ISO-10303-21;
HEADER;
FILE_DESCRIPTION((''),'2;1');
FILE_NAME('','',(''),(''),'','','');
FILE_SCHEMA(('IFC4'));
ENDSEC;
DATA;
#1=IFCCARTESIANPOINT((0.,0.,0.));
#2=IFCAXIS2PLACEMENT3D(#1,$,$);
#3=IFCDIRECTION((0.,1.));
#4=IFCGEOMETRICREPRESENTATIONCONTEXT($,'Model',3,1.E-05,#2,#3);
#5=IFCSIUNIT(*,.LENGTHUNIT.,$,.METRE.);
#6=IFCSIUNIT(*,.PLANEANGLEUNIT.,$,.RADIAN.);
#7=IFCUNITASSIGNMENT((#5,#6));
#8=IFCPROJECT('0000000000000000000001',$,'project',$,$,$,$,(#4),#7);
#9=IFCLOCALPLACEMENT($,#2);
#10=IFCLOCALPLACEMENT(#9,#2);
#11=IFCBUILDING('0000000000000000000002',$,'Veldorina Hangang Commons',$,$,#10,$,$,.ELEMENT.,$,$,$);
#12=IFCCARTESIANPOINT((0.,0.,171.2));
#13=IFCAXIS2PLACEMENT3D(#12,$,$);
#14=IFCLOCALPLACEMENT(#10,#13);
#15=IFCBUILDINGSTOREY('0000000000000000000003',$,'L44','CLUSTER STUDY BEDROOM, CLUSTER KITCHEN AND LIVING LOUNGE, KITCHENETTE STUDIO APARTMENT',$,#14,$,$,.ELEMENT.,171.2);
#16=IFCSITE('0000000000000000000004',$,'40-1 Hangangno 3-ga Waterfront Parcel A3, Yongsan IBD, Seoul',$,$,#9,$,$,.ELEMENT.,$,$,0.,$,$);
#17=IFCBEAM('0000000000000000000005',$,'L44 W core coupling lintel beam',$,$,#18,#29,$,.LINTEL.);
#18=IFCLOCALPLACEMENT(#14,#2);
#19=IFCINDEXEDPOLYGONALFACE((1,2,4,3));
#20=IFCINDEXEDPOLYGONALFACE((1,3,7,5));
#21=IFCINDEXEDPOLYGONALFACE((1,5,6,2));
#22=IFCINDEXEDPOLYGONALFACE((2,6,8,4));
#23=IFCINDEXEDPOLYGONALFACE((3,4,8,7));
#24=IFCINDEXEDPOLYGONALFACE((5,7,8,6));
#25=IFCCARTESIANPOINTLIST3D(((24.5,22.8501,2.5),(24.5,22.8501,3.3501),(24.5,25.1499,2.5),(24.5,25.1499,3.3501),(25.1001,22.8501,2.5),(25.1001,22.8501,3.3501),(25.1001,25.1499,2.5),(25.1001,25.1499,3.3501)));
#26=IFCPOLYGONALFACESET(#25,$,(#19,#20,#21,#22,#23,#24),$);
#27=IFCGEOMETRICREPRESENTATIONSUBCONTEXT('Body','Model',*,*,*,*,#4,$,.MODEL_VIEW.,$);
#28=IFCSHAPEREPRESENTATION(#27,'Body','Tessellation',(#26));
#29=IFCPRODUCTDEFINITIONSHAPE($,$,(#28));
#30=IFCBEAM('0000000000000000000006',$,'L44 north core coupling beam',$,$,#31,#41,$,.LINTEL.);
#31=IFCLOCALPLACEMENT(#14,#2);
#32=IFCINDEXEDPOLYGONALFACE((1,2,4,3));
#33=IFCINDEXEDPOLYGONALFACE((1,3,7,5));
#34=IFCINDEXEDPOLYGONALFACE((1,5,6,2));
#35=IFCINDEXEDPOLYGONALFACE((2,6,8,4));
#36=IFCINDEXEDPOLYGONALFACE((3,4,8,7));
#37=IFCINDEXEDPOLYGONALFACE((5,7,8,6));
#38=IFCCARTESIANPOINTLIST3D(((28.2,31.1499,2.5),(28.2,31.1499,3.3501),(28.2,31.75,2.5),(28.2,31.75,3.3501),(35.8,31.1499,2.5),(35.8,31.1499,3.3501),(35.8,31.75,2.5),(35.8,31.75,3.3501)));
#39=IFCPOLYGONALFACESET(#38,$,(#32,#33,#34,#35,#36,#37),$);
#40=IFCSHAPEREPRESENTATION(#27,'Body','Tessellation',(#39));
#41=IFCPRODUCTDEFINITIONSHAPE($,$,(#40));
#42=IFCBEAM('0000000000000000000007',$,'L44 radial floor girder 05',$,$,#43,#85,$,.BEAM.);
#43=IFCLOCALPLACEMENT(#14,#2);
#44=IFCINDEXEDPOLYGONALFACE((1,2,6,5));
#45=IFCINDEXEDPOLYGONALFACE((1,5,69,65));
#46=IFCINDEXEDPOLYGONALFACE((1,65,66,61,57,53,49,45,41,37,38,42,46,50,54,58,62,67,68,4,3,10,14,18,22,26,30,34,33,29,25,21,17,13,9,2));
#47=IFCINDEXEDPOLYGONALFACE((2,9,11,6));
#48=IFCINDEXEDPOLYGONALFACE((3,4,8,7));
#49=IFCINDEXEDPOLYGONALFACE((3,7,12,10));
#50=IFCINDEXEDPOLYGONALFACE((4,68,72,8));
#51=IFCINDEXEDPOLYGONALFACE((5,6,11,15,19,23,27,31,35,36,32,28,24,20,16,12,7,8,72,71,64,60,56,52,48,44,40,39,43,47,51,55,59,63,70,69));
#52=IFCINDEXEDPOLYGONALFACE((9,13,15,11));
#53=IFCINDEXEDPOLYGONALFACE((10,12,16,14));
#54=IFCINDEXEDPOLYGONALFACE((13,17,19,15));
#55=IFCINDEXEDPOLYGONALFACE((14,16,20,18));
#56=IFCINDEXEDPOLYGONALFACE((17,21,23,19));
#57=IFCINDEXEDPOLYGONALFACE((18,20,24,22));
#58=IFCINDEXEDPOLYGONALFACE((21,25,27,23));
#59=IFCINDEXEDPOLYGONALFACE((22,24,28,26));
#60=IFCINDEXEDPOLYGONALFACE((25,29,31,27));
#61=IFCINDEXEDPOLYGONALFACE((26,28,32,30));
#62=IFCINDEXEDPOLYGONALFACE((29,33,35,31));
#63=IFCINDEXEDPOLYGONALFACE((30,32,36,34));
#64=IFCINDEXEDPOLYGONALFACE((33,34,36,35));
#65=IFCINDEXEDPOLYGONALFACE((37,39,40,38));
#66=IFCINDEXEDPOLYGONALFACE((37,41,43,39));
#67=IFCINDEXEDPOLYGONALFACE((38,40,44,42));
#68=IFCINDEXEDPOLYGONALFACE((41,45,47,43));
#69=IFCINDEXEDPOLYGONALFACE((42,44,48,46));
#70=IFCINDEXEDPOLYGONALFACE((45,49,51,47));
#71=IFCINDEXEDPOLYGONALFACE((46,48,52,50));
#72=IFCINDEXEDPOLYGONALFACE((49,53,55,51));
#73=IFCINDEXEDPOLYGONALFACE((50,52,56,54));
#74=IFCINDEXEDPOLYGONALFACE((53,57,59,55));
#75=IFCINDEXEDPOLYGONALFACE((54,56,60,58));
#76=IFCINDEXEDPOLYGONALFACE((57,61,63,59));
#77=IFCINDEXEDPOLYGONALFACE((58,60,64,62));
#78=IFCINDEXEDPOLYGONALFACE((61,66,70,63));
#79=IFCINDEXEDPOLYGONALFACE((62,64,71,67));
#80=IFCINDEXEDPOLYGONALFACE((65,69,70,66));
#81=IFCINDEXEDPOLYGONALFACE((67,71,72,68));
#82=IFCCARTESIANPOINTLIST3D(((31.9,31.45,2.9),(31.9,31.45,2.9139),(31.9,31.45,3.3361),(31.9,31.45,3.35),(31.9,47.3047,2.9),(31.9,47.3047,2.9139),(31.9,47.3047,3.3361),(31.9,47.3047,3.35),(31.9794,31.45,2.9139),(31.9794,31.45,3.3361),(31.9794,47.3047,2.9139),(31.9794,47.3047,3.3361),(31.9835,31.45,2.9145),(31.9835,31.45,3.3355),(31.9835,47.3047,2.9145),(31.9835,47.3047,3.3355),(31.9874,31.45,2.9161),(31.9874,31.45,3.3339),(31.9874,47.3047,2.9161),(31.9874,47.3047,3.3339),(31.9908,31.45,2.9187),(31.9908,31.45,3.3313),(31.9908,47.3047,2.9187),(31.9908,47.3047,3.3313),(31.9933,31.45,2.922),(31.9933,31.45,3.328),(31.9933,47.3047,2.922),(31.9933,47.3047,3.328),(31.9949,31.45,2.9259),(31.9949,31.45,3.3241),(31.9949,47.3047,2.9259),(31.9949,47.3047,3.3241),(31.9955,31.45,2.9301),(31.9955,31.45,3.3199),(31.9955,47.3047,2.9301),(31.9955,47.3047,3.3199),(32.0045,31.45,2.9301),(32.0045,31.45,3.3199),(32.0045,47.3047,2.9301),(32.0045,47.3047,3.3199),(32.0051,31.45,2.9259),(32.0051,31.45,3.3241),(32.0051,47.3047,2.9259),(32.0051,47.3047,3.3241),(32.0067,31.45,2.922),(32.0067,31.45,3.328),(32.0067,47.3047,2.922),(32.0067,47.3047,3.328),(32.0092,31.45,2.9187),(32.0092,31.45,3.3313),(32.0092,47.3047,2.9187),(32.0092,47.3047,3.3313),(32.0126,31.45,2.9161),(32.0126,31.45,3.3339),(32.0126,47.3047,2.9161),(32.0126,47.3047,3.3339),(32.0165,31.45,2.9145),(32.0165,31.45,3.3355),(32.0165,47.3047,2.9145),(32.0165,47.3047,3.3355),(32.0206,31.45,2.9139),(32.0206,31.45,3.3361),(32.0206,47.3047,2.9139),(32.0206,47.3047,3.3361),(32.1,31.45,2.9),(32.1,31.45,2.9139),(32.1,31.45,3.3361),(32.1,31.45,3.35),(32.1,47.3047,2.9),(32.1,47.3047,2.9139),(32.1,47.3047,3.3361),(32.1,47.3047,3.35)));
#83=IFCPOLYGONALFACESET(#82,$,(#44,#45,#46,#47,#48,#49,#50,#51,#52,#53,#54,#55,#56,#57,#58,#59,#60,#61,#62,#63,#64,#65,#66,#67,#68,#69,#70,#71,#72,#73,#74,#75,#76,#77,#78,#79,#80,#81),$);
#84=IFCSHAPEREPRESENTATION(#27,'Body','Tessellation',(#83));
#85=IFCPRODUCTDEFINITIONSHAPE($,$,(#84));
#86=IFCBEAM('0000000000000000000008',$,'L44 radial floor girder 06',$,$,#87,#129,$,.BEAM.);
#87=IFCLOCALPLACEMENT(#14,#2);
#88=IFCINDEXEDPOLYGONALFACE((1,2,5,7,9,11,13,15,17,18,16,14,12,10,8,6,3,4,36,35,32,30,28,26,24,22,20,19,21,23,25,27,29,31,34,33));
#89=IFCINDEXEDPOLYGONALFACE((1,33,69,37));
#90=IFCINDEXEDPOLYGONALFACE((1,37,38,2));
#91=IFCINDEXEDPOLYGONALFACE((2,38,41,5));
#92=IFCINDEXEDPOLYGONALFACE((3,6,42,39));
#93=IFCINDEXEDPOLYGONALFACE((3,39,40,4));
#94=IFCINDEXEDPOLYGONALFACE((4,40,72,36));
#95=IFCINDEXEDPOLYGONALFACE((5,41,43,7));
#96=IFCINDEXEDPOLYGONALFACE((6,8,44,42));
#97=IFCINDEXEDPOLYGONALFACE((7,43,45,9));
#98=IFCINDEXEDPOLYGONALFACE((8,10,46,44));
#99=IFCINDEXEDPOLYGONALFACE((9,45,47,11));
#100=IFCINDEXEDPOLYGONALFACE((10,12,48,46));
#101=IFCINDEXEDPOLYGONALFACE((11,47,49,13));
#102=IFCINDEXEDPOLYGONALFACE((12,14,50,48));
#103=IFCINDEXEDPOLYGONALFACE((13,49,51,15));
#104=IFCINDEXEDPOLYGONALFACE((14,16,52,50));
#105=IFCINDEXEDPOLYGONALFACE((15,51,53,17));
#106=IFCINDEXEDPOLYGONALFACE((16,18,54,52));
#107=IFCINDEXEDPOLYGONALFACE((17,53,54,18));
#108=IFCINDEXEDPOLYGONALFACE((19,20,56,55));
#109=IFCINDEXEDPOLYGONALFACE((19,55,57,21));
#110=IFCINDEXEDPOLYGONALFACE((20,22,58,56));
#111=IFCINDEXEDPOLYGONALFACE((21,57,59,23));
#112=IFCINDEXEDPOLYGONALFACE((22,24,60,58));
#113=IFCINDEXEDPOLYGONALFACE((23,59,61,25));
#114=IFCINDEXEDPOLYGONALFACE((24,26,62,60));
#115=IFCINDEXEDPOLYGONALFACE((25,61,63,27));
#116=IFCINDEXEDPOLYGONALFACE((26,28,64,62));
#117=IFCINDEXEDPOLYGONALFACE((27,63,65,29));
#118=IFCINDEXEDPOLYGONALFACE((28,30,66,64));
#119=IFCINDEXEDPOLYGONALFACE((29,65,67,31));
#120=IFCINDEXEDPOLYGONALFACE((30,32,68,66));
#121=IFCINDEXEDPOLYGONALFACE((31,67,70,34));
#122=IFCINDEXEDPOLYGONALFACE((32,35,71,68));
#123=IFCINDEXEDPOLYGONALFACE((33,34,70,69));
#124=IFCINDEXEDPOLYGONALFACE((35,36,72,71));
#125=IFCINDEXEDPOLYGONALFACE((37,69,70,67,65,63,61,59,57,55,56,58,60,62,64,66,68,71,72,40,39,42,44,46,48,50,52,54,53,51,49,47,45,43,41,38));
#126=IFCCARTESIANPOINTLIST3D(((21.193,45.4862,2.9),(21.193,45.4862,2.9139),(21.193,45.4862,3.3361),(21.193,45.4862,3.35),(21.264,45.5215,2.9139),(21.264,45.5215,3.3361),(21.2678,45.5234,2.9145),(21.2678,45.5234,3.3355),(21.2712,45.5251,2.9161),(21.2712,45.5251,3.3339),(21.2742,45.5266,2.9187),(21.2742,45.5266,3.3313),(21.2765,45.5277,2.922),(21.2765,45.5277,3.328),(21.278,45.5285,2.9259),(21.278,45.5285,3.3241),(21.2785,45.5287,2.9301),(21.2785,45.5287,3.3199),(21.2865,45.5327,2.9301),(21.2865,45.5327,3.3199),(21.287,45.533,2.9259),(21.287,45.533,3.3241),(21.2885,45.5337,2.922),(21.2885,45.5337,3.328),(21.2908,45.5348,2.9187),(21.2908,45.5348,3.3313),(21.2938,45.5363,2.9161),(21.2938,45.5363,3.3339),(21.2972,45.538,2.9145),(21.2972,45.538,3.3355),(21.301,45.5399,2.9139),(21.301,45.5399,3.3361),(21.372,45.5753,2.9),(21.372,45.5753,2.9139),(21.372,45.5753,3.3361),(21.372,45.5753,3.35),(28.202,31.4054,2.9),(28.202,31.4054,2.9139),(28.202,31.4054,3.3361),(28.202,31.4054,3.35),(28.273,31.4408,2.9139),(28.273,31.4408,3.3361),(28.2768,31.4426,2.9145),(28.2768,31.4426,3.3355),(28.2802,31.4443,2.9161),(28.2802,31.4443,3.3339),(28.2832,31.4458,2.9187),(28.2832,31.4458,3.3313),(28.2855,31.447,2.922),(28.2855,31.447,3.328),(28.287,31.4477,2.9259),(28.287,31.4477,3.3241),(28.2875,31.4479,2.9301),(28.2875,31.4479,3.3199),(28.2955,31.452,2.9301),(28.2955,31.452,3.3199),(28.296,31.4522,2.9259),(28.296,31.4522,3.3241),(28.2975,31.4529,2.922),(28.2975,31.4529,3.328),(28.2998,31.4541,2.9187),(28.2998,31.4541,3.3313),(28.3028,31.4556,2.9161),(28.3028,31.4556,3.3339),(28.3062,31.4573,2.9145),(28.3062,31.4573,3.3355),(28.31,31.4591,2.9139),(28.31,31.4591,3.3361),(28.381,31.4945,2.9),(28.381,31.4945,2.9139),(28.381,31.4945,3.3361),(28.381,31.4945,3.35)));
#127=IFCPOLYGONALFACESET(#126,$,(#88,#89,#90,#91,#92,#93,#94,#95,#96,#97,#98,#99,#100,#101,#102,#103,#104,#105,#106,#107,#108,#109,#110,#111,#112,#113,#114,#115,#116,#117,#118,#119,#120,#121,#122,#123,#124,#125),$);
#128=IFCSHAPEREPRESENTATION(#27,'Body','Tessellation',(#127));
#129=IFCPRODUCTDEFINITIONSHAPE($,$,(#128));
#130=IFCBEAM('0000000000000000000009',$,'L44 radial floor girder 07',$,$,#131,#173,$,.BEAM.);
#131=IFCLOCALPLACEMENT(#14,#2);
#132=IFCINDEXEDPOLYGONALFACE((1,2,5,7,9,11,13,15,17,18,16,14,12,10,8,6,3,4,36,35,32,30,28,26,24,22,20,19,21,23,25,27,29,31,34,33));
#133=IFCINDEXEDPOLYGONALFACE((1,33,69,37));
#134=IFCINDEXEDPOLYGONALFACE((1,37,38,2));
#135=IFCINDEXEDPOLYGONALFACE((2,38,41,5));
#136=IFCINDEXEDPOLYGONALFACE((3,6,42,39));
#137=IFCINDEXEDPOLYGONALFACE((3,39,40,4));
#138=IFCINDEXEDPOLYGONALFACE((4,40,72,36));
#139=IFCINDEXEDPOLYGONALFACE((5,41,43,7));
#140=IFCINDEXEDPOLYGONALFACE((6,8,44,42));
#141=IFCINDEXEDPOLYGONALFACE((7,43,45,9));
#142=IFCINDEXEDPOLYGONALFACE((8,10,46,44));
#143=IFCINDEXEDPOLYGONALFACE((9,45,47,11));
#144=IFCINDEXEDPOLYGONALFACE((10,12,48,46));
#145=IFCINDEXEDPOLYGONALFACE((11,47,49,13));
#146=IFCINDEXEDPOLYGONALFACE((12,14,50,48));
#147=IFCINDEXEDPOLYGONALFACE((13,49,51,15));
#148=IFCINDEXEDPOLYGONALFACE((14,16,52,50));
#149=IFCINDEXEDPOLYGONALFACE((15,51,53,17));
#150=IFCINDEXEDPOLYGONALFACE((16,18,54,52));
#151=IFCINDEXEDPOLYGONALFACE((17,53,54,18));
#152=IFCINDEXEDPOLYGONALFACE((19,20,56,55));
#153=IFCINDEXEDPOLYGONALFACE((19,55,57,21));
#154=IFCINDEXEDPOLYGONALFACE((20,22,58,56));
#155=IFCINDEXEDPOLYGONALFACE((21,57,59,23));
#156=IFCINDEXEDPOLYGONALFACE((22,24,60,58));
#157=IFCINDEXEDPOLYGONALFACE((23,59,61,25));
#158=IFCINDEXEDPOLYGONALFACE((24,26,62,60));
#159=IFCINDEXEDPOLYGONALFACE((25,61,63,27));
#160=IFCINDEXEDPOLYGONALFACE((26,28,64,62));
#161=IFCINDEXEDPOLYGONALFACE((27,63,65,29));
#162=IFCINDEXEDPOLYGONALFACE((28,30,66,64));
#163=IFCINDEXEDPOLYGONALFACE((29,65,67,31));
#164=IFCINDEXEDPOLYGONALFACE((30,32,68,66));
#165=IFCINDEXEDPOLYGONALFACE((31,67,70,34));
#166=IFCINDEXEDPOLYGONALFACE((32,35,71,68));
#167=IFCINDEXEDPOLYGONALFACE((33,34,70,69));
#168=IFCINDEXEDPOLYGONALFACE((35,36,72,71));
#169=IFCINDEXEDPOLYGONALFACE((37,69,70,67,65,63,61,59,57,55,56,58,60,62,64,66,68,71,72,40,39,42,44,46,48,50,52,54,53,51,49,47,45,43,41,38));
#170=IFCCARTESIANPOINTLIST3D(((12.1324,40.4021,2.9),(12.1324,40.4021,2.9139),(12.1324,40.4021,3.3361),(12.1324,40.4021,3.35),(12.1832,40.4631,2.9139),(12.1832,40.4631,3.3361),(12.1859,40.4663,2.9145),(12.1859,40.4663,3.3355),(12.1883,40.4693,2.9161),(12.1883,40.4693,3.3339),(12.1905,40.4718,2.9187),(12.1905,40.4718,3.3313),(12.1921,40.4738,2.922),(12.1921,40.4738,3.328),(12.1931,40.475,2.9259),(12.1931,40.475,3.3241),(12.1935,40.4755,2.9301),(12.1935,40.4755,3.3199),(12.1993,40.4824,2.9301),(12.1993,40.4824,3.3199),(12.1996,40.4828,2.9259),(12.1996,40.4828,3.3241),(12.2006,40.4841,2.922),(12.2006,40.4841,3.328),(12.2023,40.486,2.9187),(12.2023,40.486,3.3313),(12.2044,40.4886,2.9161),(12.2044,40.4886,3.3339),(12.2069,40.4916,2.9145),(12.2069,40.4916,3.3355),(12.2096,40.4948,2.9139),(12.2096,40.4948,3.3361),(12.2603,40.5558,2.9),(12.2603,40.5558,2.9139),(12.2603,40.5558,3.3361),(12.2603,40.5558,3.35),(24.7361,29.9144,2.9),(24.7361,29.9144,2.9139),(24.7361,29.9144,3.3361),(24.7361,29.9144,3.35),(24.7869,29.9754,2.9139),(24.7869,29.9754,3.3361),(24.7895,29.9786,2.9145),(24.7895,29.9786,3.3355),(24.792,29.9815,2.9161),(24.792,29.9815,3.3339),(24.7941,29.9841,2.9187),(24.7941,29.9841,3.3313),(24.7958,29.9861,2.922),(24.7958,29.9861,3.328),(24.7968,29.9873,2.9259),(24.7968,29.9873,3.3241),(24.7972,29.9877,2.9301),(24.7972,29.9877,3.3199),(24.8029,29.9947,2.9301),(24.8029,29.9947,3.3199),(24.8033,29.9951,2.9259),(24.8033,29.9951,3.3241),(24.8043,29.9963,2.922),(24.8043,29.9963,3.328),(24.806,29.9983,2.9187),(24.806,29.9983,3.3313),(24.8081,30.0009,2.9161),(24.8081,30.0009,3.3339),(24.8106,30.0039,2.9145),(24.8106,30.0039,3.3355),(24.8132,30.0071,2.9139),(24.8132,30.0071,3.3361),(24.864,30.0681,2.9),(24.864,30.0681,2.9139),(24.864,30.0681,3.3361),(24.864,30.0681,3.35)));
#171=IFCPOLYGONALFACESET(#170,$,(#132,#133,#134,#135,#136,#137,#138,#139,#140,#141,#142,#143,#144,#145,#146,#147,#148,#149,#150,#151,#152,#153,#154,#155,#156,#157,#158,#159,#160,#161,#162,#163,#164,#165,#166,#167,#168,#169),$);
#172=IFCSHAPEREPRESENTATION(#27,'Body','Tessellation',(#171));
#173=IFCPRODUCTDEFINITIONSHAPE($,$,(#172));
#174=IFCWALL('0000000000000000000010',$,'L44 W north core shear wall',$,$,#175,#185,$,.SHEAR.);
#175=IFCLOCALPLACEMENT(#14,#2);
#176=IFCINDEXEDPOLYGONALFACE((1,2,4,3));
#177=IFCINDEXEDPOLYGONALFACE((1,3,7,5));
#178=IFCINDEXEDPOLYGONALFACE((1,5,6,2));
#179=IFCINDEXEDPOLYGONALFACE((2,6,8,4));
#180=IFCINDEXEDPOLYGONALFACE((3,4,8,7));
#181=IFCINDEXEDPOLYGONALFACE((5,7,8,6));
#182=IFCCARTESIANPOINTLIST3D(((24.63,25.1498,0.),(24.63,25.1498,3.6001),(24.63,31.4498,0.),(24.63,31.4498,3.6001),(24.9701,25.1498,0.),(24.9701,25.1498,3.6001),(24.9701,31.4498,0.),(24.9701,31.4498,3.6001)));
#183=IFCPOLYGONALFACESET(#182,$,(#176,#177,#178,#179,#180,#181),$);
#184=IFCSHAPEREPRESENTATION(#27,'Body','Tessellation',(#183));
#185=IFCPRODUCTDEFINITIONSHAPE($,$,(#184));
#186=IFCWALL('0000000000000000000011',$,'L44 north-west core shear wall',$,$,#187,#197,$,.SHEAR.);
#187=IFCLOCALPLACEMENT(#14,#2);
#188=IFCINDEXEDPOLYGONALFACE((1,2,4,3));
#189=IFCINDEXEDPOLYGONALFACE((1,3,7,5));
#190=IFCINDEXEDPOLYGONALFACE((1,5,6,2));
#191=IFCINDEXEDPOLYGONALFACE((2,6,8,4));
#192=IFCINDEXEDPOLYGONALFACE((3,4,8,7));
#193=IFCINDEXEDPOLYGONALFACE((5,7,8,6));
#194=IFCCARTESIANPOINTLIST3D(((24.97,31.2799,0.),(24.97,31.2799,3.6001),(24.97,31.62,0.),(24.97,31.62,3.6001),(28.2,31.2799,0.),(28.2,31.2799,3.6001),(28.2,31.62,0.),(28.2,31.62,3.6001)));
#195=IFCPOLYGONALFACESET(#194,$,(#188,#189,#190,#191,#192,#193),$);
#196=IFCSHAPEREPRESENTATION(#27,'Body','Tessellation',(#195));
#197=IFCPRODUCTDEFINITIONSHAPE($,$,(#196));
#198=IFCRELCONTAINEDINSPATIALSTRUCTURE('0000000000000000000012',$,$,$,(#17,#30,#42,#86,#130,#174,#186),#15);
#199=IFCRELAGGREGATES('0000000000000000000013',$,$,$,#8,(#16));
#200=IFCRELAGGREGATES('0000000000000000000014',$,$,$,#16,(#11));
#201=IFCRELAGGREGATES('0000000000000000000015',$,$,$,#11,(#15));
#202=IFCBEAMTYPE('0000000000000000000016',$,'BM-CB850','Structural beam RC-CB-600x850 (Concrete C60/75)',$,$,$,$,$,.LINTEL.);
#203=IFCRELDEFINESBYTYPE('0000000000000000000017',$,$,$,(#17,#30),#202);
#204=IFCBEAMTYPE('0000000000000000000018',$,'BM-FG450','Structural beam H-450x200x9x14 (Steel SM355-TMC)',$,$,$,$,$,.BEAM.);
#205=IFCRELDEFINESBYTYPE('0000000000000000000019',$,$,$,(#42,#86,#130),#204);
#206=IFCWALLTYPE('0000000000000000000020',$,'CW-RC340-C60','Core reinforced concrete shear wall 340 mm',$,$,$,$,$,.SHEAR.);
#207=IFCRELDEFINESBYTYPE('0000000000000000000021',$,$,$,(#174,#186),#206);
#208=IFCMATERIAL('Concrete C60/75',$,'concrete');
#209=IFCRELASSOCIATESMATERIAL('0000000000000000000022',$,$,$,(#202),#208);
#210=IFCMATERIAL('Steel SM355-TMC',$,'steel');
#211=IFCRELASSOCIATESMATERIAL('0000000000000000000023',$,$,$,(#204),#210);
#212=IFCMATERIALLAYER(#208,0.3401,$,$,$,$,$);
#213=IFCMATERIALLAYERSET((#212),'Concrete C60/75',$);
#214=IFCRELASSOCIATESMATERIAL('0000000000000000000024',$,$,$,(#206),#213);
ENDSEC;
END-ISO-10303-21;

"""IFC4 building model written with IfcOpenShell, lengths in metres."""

from ifc_helpers import new_model, si_unit, direction, frame, frame_2d, origin, origin_2d, place, context, subcontext, project, spatial, rectangle, i_section, extrude, material, layer, layer_set, material_profile, profile_set, type_object, element, save


model = new_model("IFC4")

# Units and contexts
model_context = context("Model", 3, precision=1e-05, world=origin(), true_north=direction((0.0, 1.0)))
body_context = subcontext(model_context, "Body", "Model", "MODEL_VIEW")
ifc_project = project(units=[si_unit("LENGTHUNIT", "METRE"), si_unit("PLANEANGLEUNIT", "RADIAN")], contexts=[model_context])

# Site, building, storey
site_placement = place(None, origin())
site = spatial("IfcSite", under=ifc_project, at=site_placement, Name="40-1 Hangangno 3-ga Waterfront Parcel A3, Yongsan IBD, Seoul", CompositionType="ELEMENT", RefElevation=0.0)
building_placement = place(site_placement, origin())
building = spatial("IfcBuilding", under=site, at=building_placement, Name="Veldorina Hangang Commons", CompositionType="ELEMENT")
storey_placement = place(building_placement, frame((0.0, 0.0, 171.2)))
storey = spatial("IfcBuildingStorey", under=building, at=storey_placement, Name="L44", Description="CLUSTER STUDY BEDROOM, CLUSTER KITCHEN AND LIVING LOUNGE, KITCHENETTE STUDIO APARTMENT", CompositionType="ELEMENT", Elevation=171.2)

# Beams
ifc_material_1 = material(Name="Concrete C60/75", Category="concrete")
ifc_material_profile_1 = material_profile(ifc_material_1, rectangle(XDim=0.6001, YDim=0.8501, at=origin_2d()), Name="RC-CB-600x850")
ifc_profile_set_1 = profile_set([ifc_material_profile_1], Name="Concrete C60/75")
beam_type_1 = type_object("IfcBeamType", Name="BM-CB850", Description="Structural beam RC-CB-600x850 (Concrete C60/75)", PredefinedType="LINTEL", material=ifc_profile_set_1)
beam_1_placement = place(storey_placement, frame((24.8, 22.8501, 2.925), z_axis=(0.0, 1.0, 0.0), x_axis=(-1.0, 0.0, 0.0)))
element("IfcBeam", 1, at=beam_1_placement, inside=storey, type_object=beam_type_1, Name="L44 W core coupling lintel beam", PredefinedType="LINTEL", context=body_context, shape_type="SweptSolid", body=[
    extrude(rectangle(XDim=0.6001, YDim=0.8501, at=origin_2d()), origin(), (0.0, 0.0, 1.0), 2.2998),
])
beam_2_placement = place(storey_placement, frame((28.2, 31.45, 2.925), z_axis=(1.0, 0.0, 0.0), x_axis=(0.0, 1.0, 0.0)))
element("IfcBeam", 2, at=beam_2_placement, inside=storey, type_object=beam_type_1, Name="L44 north core coupling beam", PredefinedType="LINTEL", context=body_context, shape_type="SweptSolid", body=[
    extrude(rectangle(XDim=0.6001, YDim=0.8501, at=origin_2d()), origin(), (0.0, 0.0, 1.0), 7.6001),
])
ifc_material_2 = material(Name="Steel SM355-TMC", Category="steel")
ifc_material_profile_2 = material_profile(ifc_material_2, i_section(OverallWidth=0.2, OverallDepth=0.45, WebThickness=0.009, FlangeThickness=0.0139, FilletRadius=0.0161, at=origin_2d()), Name="H-450x200x9x14")
ifc_profile_set_2 = profile_set([ifc_material_profile_2], Name="Steel SM355-TMC")
beam_type_2 = type_object("IfcBeamType", Name="BM-FG450", Description="Structural beam H-450x200x9x14 (Steel SM355-TMC)", PredefinedType="BEAM", material=ifc_profile_set_2)
beam_3_placement = place(storey_placement, frame((32.0, 31.45, 3.125), z_axis=(0.0, 1.0, 0.0), x_axis=(-1.0, 0.0, 0.0)))
element("IfcBeam", 3, at=beam_3_placement, inside=storey, type_object=beam_type_2, Name="L44 radial floor girder 05", PredefinedType="BEAM", context=body_context, shape_type="SweptSolid", body=[
    extrude(i_section(OverallWidth=0.2, OverallDepth=0.45, WebThickness=0.009, FlangeThickness=0.0139, FilletRadius=0.0161, at=origin_2d()), origin(), (0.0, 0.0, 1.0), 15.8547),
])
beam_4_placement = place(storey_placement, frame((28.2915, 31.45, 3.125), z_axis=(-0.445617, 0.895224, 0.0), x_axis=(-0.895224, -0.445617, 0.0)))
element("IfcBeam", 4, at=beam_4_placement, inside=storey, type_object=beam_type_2, Name="L44 radial floor girder 06", PredefinedType="BEAM", context=body_context, shape_type="SweptSolid", body=[
    extrude(i_section(OverallWidth=0.2, OverallDepth=0.45, WebThickness=0.009, FlangeThickness=0.0139, FilletRadius=0.0161, at=origin_2d()), origin(), (0.0, 0.0, 1.0), 15.7288),
])
beam_5_placement = place(storey_placement, frame((24.8, 29.9912, 3.125), z_axis=(-0.768681, 0.639632, 0.0), x_axis=(-0.639632, -0.768681, 0.0)))
element("IfcBeam", 5, at=beam_5_placement, inside=storey, type_object=beam_type_2, Name="L44 radial floor girder 07", PredefinedType="BEAM", context=body_context, shape_type="SweptSolid", body=[
    extrude(i_section(OverallWidth=0.2, OverallDepth=0.45, WebThickness=0.009, FlangeThickness=0.0139, FilletRadius=0.0161, at=origin_2d()), origin(), (0.0, 0.0, 1.0), 16.3965),
])

# Walls
ifc_layer_1 = layer(ifc_material_1, 0.3401)
ifc_layer_set_1 = layer_set([ifc_layer_1], Name="Concrete C60/75")
wall_type_1 = type_object("IfcWallType", Name="CW-RC340-C60", Description="Core reinforced concrete shear wall 340 mm", PredefinedType="SHEAR", material=ifc_layer_set_1)
wall_1_placement = place(storey_placement, frame((24.8, 25.1499, 0.0), z_axis=(0.0, 0.0, 1.0), x_axis=(0.0, 1.0, 0.0)))
element("IfcWall", 6, at=wall_1_placement, inside=storey, type_object=wall_type_1, Name="L44 W north core shear wall", PredefinedType="SHEAR", context=body_context, shape_type="SweptSolid", body=[
    extrude(rectangle(XDim=6.3, YDim=0.3401, at=frame_2d((3.1499, 0.0))), origin(), (0.0, 0.0, 1.0), 3.6001),
])
wall_2_placement = place(storey_placement, frame((24.97, 31.45, 0.0), z_axis=(0.0, 0.0, 1.0), x_axis=(1.0, 0.0, 0.0)))
element("IfcWall", 7, at=wall_2_placement, inside=storey, type_object=wall_type_1, Name="L44 north-west core shear wall", PredefinedType="SHEAR", context=body_context, shape_type="SweptSolid", body=[
    extrude(rectangle(XDim=3.23, YDim=0.3401, at=frame_2d((1.615, 0.0))), origin(), (0.0, 0.0, 1.0), 3.6001),
])

save(model, "model.ifc")
